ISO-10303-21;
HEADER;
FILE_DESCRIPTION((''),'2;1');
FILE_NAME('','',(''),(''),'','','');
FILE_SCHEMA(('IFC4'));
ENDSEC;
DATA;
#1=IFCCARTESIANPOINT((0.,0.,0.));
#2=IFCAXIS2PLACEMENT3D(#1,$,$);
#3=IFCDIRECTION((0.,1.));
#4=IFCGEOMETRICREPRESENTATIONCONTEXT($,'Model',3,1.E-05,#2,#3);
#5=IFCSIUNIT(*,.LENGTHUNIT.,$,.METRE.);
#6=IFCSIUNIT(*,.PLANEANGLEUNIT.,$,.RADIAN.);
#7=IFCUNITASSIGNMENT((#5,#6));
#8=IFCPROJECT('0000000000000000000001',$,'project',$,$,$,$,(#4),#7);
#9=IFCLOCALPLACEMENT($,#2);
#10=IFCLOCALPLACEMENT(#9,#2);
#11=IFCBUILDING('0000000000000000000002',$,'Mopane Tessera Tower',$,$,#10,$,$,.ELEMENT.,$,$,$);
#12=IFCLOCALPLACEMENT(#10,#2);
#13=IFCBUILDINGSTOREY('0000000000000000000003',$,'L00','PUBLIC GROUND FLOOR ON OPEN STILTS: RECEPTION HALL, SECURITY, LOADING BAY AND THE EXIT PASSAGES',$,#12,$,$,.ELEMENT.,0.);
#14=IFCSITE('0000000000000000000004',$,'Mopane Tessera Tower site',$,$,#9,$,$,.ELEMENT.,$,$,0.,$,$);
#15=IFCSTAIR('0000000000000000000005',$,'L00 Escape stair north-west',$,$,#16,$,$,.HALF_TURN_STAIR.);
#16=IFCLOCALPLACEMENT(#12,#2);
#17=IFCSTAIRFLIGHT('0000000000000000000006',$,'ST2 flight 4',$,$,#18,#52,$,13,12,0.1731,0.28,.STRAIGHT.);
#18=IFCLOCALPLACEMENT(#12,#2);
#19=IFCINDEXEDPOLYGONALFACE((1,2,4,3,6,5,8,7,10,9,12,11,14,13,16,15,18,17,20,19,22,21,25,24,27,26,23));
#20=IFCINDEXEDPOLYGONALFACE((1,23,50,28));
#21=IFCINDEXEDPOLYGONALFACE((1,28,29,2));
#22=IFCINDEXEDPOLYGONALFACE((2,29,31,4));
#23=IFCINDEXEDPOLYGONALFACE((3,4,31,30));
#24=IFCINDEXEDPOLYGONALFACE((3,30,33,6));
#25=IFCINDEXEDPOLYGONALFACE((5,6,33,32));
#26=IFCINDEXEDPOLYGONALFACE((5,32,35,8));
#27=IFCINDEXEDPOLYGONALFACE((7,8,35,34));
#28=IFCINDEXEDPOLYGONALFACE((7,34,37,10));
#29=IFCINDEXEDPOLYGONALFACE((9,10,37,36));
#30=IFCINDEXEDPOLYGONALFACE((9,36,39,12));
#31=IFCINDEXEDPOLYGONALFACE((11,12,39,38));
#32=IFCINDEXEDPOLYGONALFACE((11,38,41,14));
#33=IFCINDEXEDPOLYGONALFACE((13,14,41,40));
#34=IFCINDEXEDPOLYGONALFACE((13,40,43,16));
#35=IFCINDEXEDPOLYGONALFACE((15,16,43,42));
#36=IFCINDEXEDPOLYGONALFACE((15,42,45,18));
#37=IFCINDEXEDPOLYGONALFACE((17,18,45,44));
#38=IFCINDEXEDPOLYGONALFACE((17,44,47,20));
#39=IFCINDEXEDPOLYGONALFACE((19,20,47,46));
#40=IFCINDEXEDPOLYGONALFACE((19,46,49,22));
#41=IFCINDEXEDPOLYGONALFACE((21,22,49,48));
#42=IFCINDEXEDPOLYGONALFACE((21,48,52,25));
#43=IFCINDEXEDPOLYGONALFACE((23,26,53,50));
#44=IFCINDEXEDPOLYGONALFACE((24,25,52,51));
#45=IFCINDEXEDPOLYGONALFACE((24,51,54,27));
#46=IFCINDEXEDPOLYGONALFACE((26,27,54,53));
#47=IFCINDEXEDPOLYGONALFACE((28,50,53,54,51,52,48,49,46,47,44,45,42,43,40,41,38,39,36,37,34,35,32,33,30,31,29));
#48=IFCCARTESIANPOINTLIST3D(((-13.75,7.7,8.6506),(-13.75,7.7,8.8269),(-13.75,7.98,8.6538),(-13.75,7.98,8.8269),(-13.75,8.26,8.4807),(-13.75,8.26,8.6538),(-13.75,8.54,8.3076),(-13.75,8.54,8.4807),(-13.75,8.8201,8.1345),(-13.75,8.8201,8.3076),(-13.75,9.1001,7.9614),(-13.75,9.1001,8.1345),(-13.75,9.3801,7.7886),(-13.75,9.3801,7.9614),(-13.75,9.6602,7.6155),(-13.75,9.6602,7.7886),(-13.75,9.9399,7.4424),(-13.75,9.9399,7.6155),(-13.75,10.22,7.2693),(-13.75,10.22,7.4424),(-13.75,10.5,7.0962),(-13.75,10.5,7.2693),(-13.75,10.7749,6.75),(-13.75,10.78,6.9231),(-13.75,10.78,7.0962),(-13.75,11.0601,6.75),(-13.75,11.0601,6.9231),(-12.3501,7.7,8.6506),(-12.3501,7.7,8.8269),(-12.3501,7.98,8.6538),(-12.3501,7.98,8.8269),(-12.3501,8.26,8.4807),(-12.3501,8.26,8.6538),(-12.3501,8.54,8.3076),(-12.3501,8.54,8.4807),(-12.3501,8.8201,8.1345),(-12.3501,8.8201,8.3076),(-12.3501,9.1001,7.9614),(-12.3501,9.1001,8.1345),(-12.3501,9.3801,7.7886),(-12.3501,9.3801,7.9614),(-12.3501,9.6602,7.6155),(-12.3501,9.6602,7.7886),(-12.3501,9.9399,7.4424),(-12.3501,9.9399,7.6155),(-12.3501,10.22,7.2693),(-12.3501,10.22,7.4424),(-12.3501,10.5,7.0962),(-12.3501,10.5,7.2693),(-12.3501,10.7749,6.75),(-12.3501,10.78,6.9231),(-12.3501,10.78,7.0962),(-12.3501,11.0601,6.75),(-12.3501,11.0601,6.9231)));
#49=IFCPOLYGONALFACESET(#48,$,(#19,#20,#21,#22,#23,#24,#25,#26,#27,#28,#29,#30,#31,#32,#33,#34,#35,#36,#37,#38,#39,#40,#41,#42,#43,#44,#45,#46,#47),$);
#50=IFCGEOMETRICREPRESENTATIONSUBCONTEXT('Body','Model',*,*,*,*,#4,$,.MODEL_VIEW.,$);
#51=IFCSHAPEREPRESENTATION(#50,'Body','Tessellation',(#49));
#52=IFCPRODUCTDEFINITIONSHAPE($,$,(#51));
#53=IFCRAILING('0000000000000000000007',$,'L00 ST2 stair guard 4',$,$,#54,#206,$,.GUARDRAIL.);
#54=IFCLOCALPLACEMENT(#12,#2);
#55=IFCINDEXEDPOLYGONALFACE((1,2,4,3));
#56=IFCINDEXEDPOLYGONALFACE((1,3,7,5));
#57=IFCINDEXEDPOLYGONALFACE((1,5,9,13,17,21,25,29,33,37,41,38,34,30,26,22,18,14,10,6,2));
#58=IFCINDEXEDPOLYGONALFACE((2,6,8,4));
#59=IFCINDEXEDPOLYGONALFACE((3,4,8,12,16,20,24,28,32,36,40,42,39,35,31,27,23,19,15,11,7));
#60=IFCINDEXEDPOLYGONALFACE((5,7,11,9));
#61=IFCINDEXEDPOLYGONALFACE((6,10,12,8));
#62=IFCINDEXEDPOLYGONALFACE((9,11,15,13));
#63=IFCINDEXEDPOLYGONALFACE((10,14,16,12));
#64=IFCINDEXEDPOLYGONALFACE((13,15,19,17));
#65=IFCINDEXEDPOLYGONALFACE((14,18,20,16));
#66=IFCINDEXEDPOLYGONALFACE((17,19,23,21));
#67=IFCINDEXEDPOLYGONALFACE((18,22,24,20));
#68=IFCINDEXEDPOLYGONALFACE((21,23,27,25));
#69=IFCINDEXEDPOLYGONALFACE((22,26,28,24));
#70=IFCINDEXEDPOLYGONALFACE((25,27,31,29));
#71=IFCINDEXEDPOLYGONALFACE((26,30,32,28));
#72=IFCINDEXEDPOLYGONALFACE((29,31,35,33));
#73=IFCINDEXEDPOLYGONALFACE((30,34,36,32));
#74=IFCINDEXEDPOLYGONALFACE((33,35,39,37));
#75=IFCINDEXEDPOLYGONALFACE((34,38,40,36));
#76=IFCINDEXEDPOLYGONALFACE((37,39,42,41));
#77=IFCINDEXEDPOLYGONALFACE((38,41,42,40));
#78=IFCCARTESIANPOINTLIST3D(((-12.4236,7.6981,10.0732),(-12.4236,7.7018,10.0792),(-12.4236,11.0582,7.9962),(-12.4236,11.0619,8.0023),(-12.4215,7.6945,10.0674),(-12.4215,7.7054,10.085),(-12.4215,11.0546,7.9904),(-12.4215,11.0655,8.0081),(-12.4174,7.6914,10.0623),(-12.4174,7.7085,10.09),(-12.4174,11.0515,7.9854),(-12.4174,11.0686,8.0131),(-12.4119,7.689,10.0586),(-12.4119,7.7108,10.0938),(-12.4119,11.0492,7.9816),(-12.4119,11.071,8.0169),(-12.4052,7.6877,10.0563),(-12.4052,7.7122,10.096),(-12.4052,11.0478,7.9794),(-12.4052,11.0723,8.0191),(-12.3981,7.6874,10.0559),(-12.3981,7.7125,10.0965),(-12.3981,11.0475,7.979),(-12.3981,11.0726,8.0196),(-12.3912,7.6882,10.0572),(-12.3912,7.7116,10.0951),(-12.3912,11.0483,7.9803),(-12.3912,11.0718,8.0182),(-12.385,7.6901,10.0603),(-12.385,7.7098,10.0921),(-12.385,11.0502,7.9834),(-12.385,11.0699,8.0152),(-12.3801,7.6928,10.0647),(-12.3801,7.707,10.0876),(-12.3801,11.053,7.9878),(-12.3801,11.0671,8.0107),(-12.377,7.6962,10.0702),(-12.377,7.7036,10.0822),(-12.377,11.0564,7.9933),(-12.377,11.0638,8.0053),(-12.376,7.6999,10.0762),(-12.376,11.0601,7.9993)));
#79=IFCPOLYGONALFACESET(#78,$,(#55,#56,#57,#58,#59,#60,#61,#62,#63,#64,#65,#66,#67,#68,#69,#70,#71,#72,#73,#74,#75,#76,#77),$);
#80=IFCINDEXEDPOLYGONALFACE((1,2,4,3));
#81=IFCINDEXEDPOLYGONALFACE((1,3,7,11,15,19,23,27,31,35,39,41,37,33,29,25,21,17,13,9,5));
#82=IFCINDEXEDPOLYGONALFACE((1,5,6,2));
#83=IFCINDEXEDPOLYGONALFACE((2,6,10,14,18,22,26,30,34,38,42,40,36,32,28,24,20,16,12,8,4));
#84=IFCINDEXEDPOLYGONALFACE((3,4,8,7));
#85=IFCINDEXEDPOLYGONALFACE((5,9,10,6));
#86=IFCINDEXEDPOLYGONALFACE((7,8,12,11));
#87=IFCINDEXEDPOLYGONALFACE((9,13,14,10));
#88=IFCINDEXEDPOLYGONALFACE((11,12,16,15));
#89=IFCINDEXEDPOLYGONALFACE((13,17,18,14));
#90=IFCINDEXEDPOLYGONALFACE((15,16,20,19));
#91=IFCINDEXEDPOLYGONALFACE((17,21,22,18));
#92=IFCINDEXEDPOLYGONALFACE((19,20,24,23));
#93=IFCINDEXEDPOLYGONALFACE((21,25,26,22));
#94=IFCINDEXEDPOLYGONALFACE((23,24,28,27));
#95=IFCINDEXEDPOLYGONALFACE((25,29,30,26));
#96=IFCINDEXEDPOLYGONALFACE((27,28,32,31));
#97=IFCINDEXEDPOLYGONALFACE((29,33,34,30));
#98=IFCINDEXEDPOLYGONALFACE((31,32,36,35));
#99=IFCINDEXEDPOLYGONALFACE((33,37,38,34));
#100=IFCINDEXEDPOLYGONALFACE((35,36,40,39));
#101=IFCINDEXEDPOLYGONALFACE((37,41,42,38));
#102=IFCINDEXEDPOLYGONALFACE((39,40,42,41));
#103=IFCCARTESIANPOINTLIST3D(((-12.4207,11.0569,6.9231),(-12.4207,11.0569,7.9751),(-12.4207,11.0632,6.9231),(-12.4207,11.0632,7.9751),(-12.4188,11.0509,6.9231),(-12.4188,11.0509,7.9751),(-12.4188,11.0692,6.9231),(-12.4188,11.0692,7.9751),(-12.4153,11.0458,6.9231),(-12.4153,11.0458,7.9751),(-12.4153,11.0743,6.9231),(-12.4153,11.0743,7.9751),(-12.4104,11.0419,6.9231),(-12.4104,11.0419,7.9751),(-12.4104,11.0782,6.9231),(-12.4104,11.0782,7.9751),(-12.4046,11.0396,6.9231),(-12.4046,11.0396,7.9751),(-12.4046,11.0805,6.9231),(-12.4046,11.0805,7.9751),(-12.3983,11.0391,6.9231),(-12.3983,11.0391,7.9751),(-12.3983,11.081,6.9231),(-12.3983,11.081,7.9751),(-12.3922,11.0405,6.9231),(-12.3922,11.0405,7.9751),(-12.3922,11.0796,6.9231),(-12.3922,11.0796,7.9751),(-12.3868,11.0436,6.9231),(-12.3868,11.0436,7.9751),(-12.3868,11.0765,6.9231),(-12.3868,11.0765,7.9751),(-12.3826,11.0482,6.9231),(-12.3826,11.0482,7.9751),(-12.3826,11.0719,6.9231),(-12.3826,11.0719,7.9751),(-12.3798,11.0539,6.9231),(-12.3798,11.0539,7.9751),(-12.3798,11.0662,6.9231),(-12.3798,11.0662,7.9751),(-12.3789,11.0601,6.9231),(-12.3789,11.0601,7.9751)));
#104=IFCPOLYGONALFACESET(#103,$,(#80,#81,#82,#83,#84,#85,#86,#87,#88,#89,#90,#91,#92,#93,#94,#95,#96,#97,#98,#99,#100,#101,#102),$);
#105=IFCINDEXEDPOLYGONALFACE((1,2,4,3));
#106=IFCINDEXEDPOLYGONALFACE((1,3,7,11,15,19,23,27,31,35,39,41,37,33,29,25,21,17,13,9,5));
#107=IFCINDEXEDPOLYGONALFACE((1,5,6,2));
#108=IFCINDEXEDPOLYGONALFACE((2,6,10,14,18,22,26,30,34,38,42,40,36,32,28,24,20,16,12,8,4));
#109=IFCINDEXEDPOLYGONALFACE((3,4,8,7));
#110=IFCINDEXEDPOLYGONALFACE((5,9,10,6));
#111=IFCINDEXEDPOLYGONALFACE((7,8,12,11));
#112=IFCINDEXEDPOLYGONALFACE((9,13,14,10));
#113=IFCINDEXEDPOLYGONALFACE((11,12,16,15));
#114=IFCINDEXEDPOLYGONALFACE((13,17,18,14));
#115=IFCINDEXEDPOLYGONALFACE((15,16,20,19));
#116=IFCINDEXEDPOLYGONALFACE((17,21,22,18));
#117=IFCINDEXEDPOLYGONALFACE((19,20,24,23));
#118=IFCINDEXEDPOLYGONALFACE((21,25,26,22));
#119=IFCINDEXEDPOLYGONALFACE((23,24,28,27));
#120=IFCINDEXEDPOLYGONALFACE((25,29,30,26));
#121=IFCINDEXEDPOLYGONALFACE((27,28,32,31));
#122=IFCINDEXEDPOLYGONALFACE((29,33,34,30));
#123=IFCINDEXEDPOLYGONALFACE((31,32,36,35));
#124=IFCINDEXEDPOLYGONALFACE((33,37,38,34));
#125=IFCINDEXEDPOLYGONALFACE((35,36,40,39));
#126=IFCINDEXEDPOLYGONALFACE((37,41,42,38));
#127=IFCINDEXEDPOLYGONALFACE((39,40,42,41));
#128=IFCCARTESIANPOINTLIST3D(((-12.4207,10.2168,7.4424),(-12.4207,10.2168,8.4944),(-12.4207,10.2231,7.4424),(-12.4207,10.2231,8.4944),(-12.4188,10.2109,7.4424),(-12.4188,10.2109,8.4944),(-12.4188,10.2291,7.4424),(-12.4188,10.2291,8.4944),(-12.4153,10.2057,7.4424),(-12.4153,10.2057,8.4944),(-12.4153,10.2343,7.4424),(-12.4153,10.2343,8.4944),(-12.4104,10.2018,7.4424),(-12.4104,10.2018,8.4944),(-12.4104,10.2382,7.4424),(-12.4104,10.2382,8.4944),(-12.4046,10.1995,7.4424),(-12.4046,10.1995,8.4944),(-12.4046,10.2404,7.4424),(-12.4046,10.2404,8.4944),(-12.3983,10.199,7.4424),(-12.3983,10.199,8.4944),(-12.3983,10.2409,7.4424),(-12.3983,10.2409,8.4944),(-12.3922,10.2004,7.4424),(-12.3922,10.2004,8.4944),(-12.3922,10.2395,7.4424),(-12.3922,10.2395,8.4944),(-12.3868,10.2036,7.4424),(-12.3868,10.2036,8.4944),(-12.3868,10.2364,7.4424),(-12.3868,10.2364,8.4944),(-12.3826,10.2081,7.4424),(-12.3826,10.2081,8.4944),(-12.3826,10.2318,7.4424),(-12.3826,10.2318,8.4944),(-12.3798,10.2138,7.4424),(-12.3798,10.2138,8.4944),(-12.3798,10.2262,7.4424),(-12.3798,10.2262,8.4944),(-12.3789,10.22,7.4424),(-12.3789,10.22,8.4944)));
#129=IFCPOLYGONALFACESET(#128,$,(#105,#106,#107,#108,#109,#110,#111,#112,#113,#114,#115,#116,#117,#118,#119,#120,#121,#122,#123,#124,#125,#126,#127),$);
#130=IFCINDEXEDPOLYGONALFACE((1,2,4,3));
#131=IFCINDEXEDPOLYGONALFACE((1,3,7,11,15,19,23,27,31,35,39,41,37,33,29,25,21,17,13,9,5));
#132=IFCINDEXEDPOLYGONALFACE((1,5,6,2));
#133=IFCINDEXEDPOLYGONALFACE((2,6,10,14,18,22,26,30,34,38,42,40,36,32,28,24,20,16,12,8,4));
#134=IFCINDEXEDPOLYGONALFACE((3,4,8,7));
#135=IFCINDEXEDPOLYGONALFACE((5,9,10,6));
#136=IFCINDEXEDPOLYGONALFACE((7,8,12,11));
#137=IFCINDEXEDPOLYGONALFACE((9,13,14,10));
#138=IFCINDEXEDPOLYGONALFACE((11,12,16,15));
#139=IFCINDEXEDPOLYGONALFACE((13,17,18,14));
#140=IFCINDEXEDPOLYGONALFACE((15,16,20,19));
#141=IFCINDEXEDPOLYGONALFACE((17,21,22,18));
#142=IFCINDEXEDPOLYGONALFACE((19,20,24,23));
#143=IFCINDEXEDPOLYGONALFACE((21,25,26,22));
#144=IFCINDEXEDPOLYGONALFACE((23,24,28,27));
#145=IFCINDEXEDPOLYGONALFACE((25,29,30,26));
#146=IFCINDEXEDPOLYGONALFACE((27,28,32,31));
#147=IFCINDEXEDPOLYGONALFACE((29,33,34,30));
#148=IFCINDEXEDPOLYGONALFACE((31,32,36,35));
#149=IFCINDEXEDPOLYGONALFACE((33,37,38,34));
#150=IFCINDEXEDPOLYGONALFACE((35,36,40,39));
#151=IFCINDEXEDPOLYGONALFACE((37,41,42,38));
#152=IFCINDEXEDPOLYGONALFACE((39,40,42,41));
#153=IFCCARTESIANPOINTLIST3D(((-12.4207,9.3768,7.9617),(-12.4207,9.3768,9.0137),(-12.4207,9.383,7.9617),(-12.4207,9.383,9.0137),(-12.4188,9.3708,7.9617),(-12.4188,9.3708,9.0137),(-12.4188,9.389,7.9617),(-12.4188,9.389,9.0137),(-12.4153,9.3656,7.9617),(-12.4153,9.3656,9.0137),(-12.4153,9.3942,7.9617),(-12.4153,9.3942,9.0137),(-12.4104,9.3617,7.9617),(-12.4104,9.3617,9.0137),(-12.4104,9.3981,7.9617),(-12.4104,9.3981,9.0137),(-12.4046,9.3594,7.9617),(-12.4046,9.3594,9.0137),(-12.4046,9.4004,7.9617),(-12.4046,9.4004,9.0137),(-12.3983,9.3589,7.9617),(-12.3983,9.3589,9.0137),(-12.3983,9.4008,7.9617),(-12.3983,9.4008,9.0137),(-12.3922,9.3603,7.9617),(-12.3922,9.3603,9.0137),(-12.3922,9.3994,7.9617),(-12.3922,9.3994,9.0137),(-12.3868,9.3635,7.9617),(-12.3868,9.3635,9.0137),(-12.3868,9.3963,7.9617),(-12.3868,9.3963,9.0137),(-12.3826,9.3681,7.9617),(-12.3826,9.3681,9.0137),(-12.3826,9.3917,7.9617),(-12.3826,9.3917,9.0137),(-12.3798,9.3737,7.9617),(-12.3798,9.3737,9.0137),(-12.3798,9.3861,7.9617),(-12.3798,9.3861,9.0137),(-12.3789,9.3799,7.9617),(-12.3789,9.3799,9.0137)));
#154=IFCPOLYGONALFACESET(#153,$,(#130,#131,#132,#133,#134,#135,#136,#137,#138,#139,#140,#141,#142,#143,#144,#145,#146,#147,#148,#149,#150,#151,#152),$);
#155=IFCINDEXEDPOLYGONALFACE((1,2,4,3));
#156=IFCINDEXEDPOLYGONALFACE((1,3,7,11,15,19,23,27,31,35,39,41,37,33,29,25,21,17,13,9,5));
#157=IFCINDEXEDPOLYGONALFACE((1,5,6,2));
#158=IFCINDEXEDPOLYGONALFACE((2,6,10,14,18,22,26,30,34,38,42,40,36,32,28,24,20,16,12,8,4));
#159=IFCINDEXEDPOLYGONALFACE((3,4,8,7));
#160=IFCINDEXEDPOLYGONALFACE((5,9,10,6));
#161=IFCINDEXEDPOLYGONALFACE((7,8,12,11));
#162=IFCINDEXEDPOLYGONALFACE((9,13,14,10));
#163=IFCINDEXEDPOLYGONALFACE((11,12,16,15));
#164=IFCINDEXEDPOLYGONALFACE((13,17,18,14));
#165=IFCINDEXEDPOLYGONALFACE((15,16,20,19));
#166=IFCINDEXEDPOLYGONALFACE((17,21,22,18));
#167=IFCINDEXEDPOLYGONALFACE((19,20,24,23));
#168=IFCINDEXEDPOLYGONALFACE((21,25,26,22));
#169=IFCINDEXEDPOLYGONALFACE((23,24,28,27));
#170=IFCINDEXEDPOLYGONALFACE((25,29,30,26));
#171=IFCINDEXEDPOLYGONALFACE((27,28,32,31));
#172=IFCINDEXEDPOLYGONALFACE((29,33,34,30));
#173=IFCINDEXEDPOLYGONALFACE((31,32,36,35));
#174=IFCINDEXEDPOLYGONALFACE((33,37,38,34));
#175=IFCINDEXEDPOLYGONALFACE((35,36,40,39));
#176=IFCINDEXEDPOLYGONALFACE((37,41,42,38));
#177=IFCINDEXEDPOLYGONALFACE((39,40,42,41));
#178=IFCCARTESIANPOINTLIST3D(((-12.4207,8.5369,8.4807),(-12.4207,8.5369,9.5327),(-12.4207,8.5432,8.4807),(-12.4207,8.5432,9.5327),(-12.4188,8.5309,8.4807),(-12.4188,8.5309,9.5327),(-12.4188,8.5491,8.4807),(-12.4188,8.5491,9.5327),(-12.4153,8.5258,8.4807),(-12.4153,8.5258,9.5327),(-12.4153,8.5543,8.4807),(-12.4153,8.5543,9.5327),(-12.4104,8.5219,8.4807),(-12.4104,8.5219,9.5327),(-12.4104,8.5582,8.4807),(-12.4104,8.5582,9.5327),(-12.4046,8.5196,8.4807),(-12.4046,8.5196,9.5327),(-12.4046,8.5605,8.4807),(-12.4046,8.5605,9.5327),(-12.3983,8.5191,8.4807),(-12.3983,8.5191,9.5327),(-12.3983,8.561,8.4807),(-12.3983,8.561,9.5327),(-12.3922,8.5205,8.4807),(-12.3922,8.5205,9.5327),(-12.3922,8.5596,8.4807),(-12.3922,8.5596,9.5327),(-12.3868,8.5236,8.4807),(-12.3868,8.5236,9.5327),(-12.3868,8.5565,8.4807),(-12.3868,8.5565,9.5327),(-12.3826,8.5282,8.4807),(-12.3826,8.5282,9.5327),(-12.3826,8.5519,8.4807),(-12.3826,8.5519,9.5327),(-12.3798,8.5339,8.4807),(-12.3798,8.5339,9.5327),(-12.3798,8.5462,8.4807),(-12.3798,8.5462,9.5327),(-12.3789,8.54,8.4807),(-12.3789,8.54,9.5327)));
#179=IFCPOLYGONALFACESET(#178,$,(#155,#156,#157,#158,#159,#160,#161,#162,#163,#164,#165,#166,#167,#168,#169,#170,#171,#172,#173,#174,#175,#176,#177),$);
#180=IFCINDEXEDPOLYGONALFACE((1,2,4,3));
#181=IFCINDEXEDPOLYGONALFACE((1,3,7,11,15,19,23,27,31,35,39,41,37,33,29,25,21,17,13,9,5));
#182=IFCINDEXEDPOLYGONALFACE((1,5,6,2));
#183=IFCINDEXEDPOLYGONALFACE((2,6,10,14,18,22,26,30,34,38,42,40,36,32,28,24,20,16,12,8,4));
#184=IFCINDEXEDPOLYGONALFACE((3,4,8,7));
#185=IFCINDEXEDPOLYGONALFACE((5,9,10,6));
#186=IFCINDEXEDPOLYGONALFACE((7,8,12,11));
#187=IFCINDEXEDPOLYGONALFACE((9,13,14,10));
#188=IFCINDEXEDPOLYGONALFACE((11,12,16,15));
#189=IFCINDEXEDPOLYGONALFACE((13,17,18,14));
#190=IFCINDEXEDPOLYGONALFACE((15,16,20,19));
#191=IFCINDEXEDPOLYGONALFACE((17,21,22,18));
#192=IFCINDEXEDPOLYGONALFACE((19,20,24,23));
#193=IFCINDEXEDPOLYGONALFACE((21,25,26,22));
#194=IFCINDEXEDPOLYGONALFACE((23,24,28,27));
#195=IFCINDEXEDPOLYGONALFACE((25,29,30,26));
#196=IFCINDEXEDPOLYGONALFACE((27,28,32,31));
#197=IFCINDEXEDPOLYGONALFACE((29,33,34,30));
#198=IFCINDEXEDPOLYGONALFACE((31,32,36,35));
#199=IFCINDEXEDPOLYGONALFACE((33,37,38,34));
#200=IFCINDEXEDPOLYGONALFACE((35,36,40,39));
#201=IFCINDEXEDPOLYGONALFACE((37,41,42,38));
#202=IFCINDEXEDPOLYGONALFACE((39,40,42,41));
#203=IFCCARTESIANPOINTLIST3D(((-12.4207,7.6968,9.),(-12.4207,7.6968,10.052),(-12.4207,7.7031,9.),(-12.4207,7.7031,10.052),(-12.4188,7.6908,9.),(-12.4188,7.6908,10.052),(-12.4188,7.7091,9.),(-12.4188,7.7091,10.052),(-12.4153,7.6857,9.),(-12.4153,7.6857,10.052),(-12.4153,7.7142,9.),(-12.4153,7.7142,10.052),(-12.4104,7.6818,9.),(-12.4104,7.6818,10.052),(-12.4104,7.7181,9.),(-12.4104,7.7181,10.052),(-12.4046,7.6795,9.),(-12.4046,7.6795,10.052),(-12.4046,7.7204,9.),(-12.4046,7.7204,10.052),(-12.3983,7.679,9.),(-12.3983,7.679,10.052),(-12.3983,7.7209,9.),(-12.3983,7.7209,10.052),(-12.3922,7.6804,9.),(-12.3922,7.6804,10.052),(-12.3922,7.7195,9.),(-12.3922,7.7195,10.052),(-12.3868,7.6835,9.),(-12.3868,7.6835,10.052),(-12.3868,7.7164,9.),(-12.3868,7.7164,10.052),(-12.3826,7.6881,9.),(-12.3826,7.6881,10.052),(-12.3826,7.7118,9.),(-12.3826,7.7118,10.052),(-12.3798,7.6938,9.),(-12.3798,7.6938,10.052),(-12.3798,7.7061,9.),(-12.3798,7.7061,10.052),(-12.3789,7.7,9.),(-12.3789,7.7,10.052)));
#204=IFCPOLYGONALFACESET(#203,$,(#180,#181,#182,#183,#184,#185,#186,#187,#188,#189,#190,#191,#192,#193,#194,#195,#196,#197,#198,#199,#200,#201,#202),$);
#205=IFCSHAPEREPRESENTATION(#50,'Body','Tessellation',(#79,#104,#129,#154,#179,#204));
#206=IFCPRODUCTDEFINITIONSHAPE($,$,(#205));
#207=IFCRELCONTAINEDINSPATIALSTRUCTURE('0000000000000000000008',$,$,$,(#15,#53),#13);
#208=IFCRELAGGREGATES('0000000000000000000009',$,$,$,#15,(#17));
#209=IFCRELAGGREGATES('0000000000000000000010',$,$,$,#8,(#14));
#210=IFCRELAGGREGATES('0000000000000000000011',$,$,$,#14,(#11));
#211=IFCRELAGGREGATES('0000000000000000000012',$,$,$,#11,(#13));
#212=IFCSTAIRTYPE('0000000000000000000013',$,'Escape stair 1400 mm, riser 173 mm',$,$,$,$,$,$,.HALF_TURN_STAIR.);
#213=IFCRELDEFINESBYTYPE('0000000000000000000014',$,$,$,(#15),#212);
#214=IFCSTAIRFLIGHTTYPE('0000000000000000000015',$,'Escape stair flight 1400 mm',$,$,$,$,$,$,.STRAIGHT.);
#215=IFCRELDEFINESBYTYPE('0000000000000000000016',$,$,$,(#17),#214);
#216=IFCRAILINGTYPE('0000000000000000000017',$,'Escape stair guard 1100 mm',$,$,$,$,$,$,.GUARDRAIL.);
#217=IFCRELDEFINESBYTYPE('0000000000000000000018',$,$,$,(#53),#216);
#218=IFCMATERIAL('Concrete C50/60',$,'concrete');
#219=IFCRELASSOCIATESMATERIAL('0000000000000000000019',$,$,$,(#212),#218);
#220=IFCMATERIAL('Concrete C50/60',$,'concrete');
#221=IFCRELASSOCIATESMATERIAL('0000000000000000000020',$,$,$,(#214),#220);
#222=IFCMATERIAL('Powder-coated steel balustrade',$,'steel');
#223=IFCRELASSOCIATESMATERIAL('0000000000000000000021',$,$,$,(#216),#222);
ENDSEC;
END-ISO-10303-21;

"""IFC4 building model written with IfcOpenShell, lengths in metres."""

from ifc_helpers import new_model, si_unit, direction, frame, origin, origin_2d, place, context, subcontext, project, spatial, polyline, circle, outline, extrude, material, type_object, element, aggregate, save


model = new_model("IFC4")

# Units and contexts
model_context = context("Model", 3, precision=1e-05, world=origin(), true_north=direction((0.0, 1.0)))
body_context = subcontext(model_context, "Body", "Model", "MODEL_VIEW")
ifc_project = project(units=[si_unit("LENGTHUNIT", "METRE"), si_unit("PLANEANGLEUNIT", "RADIAN")], contexts=[model_context])

# Site, building, storey
site_placement = place(None, origin())
site = spatial("IfcSite", under=ifc_project, at=site_placement, Name="Mopane Tessera Tower site", CompositionType="ELEMENT", RefElevation=0.0)
building_placement = place(site_placement, origin())
building = spatial("IfcBuilding", under=site, at=building_placement, Name="Mopane Tessera Tower", CompositionType="ELEMENT")
storey_placement = place(building_placement, origin())
storey = spatial("IfcBuildingStorey", under=building, at=storey_placement, Name="L00", Description="PUBLIC GROUND FLOOR ON OPEN STILTS: RECEPTION HALL, SECURITY, LOADING BAY AND THE EXIT PASSAGES", CompositionType="ELEMENT", Elevation=0.0)

# Stair, stair flight
ifc_material_1 = material(Name="Concrete C50/60", Category="concrete")
stair_type = type_object("IfcStairType", Name="Escape stair 1400 mm, riser 173 mm", PredefinedType="HALF_TURN_STAIR", material=ifc_material_1)
stair_placement = place(storey_placement, origin())
stair = element("IfcStair", 1, at=stair_placement, inside=storey, type_object=stair_type, Name="L00 Escape stair north-west", PredefinedType="HALF_TURN_STAIR")
ifc_material_2 = material(Name="Concrete C50/60", Category="concrete")
stair_flight_type = type_object("IfcStairFlightType", Name="Escape stair flight 1400 mm", PredefinedType="STRAIGHT", material=ifc_material_2)
stair_flight_1_placement = place(storey_placement, frame((-13.05, 11.0601, 6.75), z_axis=(0.0, 0.0, 1.0), x_axis=(0.0, -1.0, 0.0)))
stair_flight_1 = element("IfcStairFlight", 2, at=stair_flight_1_placement, type_object=stair_flight_type, Name="ST2 flight 4", NumberOfRisers=13, NumberOfTreads=12, PredefinedType="STRAIGHT", RiserHeight=0.1731, TreadLength=0.28, context=body_context, shape_type="SweptSolid", body=[
    extrude(outline(polyline([(0.0, 0.0), (0.0, 0.1731), (0.28, 0.1731), (0.28, 0.3462), (0.5601, 0.3462), (0.5601, 0.5193), (0.8401, 0.5193), (0.8401, 0.6924), (1.1201, 0.6924), (1.1201, 0.8655), (1.3999, 0.8655), (1.3999, 1.0386), (1.6799, 1.0386), (1.6799, 1.2114), (1.96, 1.2114), (1.96, 1.3845), (2.24, 1.3845), (2.24, 1.5576), (2.52, 1.5576), (2.52, 1.7307), (2.8, 1.7307), (2.8, 1.9038), (3.0801, 1.9038), (3.0801, 2.0769), (3.3601, 2.0769), (3.3601, 2.25), (3.3601, 1.9006), (0.2852, 0.0), (0.0, 0.0)])), frame((0.0, 0.7, 0.0), z_axis=(0.0, -1.0, 0.0), x_axis=(1.0, 0.0, 0.0)), (0.0, 0.0, 1.0), 1.3999),
])
aggregate(stair, [stair_flight_1])

# Railing
ifc_material_3 = material(Name="Powder-coated steel balustrade", Category="steel")
railing_type = type_object("IfcRailingType", Name="Escape stair guard 1100 mm", PredefinedType="GUARDRAIL", material=ifc_material_3)
railing_1_placement = place(storey_placement, frame((-12.3999, 11.0601, 6.9231)))
element("IfcRailing", 3, at=railing_1_placement, inside=storey, type_object=railing_type, Name="L00 ST2 stair guard 4", PredefinedType="GUARDRAIL", context=body_context, shape_type="SweptSolid", body=[
    extrude(circle(Radius=0.0239, at=origin_2d()), frame((0.0, 0.0, 1.0762), z_axis=(0.0, -0.850623, 0.525776), x_axis=(1.0, 0.0, 0.0)), (0.0, 0.0, 1.0), 3.9502),
    extrude(circle(Radius=0.021, at=origin_2d()), origin(), (0.0, 0.0, 1.0), 1.052),
    extrude(circle(Radius=0.021, at=origin_2d()), frame((0.0, -0.8401, 0.5193)), (0.0, 0.0, 1.0), 1.052),
    extrude(circle(Radius=0.021, at=origin_2d()), frame((0.0, -1.6802, 1.0386)), (0.0, 0.0, 1.0), 1.052),
    extrude(circle(Radius=0.021, at=origin_2d()), frame((0.0, -2.52, 1.5576)), (0.0, 0.0, 1.0), 1.052),
    extrude(circle(Radius=0.021, at=origin_2d()), frame((0.0, -3.3601, 2.0769)), (0.0, 0.0, 1.0), 1.052),
])

save(model, "model.ifc")
